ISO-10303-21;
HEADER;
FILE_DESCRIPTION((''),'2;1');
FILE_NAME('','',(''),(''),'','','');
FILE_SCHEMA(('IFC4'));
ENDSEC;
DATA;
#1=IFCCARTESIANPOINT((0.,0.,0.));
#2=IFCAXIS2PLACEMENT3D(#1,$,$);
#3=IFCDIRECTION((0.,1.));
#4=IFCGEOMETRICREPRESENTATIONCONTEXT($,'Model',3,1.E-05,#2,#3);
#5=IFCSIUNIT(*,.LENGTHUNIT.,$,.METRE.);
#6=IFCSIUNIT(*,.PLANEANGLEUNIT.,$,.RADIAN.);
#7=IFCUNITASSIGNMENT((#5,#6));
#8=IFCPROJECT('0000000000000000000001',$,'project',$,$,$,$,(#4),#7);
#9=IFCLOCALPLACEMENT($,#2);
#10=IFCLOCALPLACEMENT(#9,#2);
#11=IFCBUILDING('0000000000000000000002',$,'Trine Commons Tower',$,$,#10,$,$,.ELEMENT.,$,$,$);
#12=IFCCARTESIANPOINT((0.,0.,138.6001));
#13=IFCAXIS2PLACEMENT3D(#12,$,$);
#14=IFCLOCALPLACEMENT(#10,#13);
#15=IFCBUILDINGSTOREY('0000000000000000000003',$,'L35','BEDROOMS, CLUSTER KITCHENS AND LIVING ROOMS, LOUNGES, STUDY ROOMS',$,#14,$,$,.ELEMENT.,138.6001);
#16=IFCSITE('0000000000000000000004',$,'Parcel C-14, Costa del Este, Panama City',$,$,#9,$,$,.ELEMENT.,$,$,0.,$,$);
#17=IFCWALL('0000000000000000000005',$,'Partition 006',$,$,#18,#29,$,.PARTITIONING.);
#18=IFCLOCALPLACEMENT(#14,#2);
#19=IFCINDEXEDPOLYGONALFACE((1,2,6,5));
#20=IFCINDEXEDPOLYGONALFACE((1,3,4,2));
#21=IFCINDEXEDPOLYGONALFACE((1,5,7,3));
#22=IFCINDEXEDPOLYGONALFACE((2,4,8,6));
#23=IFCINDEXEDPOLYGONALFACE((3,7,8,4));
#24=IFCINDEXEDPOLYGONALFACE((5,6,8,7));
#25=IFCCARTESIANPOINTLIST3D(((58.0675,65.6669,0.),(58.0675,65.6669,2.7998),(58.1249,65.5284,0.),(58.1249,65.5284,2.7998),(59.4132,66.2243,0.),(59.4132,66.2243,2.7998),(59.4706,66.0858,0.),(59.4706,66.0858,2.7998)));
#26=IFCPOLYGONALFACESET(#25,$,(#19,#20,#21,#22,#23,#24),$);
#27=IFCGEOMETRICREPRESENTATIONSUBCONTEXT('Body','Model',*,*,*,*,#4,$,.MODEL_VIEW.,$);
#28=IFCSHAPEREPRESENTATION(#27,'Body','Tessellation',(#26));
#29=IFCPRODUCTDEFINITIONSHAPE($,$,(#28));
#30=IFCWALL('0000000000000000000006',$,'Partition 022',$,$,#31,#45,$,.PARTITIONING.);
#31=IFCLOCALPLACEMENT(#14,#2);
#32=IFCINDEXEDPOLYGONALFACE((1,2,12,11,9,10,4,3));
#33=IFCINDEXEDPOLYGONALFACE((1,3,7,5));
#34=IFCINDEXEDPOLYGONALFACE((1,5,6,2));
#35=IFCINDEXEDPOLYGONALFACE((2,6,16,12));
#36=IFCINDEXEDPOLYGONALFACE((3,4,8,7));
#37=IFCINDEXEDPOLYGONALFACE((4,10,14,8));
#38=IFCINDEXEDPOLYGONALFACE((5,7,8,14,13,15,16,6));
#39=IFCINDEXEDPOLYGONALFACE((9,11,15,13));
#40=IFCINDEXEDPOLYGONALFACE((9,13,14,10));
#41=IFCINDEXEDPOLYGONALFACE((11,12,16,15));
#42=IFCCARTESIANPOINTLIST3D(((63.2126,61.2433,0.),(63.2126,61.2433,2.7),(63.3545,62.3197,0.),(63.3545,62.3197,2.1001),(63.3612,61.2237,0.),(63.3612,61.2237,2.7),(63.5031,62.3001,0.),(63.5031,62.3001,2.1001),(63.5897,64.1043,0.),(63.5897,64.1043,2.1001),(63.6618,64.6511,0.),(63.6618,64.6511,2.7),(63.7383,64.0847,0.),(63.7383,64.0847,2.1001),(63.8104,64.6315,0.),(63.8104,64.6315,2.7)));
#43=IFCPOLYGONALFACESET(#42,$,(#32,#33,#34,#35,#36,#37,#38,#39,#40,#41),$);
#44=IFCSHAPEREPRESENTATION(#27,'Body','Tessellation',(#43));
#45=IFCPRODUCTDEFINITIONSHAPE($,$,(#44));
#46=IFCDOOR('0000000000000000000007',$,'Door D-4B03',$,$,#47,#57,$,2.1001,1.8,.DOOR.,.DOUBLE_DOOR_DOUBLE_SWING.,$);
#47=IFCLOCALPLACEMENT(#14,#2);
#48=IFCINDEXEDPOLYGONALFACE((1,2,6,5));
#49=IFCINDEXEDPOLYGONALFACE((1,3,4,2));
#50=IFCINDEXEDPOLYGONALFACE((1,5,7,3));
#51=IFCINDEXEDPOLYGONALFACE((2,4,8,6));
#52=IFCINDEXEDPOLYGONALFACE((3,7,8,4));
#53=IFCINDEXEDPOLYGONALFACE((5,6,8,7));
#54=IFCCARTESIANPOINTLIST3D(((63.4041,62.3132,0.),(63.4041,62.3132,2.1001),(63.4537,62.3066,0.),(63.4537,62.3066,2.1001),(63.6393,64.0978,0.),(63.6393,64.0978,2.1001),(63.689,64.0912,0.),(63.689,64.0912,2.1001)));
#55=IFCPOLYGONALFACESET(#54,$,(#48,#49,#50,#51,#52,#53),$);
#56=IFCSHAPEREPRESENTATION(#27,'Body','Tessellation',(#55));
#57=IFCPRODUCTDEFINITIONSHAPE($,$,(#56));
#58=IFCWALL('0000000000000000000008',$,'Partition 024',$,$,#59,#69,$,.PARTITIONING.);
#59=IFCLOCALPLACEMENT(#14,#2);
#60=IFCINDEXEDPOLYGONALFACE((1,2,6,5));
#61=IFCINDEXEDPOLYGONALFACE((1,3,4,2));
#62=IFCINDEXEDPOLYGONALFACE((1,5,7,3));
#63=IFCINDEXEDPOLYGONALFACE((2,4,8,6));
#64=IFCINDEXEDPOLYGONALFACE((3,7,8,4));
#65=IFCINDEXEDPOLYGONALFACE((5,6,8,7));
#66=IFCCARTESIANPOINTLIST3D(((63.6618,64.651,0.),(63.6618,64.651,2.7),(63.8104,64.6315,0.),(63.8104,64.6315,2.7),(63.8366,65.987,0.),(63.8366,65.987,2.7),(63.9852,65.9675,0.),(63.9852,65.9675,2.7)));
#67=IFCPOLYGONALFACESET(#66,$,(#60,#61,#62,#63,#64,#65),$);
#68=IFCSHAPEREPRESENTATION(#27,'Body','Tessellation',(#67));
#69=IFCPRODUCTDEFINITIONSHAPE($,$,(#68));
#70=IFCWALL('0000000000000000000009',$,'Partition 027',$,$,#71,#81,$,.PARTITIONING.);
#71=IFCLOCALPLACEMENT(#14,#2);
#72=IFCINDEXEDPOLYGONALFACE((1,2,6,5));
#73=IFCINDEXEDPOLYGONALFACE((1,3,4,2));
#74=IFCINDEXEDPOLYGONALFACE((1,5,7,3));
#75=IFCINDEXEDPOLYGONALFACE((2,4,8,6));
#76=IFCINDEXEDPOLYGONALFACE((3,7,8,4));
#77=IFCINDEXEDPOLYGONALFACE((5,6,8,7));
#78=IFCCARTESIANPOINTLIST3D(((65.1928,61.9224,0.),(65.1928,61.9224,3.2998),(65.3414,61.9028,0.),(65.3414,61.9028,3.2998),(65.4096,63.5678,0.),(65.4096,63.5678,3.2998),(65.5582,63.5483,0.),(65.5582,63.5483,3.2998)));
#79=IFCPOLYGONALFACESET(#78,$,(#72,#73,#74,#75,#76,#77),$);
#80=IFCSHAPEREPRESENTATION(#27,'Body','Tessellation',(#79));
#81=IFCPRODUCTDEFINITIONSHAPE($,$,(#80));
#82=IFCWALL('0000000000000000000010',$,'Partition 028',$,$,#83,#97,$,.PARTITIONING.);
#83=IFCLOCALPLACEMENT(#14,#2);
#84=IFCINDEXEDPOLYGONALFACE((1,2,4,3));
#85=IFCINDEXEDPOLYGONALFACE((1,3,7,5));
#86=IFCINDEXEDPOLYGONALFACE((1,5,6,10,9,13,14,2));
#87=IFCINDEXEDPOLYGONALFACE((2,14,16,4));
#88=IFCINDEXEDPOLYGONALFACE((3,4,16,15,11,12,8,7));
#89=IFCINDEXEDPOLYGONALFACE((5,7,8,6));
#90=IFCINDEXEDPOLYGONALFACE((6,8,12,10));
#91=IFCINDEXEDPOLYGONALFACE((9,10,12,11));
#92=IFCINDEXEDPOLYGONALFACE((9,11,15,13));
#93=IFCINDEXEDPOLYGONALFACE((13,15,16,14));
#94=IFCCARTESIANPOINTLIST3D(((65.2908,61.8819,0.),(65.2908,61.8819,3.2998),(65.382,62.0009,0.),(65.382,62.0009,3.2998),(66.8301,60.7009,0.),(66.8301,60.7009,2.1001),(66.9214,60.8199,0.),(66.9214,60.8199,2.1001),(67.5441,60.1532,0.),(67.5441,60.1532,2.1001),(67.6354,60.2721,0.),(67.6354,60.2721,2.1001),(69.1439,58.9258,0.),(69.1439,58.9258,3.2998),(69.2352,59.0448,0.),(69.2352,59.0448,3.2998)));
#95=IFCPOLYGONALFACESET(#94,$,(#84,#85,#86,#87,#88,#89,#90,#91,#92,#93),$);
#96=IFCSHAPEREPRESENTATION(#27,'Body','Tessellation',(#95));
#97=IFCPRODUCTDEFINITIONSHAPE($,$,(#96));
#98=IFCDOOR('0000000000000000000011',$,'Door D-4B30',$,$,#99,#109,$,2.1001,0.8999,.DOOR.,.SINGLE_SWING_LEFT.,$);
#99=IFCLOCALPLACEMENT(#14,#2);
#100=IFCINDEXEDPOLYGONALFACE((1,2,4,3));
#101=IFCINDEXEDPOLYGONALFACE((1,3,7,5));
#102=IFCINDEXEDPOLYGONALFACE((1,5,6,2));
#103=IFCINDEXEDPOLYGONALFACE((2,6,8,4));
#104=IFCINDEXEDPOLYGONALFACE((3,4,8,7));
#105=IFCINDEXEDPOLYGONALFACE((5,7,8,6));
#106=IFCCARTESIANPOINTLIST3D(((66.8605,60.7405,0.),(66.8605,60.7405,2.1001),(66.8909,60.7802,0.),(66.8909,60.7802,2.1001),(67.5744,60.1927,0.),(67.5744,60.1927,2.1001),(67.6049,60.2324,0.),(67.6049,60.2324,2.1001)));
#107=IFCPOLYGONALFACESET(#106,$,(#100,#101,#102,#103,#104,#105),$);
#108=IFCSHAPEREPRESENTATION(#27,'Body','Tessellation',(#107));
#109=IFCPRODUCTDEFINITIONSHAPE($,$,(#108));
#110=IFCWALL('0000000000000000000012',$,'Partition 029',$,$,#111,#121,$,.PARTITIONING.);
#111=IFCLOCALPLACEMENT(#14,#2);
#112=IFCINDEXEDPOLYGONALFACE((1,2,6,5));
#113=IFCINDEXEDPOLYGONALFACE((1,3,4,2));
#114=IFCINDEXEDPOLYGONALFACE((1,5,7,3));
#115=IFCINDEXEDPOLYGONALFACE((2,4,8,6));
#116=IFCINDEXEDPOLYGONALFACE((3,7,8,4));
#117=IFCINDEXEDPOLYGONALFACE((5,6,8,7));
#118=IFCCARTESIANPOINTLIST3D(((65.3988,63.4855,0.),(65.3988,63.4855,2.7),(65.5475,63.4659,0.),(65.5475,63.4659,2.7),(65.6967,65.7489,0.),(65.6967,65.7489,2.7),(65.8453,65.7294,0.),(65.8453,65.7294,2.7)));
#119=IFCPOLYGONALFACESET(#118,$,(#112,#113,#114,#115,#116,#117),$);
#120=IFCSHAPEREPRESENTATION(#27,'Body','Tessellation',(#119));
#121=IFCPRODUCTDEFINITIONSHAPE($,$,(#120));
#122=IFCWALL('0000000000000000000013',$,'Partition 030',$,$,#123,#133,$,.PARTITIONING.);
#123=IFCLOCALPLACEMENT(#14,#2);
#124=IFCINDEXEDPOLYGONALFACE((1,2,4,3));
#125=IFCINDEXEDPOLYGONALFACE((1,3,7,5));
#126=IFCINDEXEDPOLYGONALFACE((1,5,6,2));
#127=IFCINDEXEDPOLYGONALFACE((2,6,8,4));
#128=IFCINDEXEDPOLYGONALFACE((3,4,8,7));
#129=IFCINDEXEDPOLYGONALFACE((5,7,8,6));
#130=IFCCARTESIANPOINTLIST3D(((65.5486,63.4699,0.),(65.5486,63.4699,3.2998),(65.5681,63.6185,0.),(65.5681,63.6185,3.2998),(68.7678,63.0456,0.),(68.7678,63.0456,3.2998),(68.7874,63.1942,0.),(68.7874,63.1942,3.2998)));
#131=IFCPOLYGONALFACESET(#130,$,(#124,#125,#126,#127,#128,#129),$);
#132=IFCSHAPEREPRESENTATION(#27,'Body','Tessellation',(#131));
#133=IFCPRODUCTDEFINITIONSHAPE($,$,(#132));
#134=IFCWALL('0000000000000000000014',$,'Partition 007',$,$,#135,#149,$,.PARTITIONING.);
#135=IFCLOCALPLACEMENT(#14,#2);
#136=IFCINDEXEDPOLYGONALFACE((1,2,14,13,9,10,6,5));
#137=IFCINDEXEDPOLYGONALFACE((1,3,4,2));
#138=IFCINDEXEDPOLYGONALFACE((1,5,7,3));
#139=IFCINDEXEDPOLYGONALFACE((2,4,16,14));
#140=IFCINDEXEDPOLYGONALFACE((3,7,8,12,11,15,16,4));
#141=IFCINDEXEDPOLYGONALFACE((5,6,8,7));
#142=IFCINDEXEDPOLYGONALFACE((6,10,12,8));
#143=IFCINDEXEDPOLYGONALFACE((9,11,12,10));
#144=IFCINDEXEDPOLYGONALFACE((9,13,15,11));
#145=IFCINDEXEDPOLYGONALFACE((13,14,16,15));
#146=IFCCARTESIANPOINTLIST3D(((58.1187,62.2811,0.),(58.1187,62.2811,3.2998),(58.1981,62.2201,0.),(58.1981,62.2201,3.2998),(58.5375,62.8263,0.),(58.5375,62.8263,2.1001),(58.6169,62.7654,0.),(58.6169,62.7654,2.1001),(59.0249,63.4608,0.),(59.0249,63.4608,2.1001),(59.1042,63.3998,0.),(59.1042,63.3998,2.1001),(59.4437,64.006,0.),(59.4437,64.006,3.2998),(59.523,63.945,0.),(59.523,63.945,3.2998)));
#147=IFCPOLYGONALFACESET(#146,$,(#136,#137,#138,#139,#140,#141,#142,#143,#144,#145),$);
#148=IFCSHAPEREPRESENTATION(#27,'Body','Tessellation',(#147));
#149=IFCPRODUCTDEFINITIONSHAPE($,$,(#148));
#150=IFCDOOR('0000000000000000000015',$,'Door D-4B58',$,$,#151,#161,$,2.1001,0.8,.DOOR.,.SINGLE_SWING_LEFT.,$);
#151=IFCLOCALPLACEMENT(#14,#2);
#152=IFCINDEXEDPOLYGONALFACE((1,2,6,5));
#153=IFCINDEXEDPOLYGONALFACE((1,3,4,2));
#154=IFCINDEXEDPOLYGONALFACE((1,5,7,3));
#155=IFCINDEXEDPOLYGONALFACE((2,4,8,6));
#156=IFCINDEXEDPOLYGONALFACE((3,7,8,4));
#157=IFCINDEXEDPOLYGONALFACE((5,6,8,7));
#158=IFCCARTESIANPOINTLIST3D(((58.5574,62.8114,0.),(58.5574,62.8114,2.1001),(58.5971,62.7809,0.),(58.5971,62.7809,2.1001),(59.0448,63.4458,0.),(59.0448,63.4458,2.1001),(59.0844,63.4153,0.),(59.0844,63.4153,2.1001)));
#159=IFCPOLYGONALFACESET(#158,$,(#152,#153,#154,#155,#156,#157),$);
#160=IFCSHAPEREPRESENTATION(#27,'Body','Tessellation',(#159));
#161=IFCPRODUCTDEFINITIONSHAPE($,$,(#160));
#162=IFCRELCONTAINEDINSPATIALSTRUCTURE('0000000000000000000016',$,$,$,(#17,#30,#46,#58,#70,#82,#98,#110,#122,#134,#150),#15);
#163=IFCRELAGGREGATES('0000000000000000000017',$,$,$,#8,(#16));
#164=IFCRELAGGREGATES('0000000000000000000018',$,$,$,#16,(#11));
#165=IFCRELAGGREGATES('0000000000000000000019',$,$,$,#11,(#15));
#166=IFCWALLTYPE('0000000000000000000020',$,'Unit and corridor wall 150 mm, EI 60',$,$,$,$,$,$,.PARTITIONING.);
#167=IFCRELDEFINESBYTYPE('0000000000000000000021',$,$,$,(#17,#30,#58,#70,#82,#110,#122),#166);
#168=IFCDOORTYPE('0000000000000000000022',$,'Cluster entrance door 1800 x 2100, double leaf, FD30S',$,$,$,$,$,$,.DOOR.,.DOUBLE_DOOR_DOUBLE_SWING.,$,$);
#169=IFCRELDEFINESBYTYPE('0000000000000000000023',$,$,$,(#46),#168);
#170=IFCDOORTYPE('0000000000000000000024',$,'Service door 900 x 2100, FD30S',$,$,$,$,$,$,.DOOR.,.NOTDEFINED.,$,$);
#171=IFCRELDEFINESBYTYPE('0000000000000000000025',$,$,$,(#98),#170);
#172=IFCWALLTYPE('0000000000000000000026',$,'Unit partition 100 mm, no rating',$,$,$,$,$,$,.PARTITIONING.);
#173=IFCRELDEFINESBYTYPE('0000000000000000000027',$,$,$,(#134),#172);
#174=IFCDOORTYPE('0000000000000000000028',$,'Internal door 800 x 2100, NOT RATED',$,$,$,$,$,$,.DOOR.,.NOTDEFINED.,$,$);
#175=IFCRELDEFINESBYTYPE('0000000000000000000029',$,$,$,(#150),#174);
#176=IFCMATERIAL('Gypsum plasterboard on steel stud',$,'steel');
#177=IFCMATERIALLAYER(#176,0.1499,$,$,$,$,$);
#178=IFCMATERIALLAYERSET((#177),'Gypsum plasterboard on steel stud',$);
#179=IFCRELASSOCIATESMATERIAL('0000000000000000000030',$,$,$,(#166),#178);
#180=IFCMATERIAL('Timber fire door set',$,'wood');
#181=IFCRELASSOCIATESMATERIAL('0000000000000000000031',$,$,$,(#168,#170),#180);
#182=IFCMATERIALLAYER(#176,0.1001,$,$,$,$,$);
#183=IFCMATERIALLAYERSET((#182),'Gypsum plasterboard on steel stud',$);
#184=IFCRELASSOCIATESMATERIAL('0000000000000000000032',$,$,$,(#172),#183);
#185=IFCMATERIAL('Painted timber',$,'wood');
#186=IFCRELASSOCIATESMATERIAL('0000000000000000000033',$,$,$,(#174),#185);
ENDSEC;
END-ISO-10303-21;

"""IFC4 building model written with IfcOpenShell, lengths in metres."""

from ifc_helpers import new_model, si_unit, direction, frame, frame_2d, origin, place, context, subcontext, project, spatial, rectangle, extrude, material, layer, layer_set, type_object, element, fill, save


model = new_model("IFC4")

# Units and contexts
model_context = context("Model", 3, precision=1e-05, world=origin(), true_north=direction((0.0, 1.0)))
body_context = subcontext(model_context, "Body", "Model", "MODEL_VIEW")
ifc_project = project(units=[si_unit("LENGTHUNIT", "METRE"), si_unit("PLANEANGLEUNIT", "RADIAN")], contexts=[model_context])

# Site, building, storey
site_placement = place(None, origin())
site = spatial("IfcSite", under=ifc_project, at=site_placement, Name="Parcel C-14, Costa del Este, Panama City", CompositionType="ELEMENT", RefElevation=0.0)
building_placement = place(site_placement, origin())
building = spatial("IfcBuilding", under=site, at=building_placement, Name="Trine Commons Tower", CompositionType="ELEMENT")
storey_placement = place(building_placement, frame((0.0, 0.0, 138.6001)))
storey = spatial("IfcBuildingStorey", under=building, at=storey_placement, Name="L35", Description="BEDROOMS, CLUSTER KITCHENS AND LIVING ROOMS, LOUNGES, STUDY ROOMS", CompositionType="ELEMENT", Elevation=138.6001)

# Shared definitions
ifc_material_1 = material(Name="Gypsum plasterboard on steel stud", Category="steel")
ifc_layer_1 = layer(ifc_material_1, 0.1499)
ifc_layer_set_1 = layer_set([ifc_layer_1], Name="Gypsum plasterboard on steel stud")
wall_type_1 = type_object("IfcWallType", Name="Unit and corridor wall 150 mm, EI 60", PredefinedType="PARTITIONING", material=ifc_layer_set_1)
ifc_material_2 = material(Name="Timber fire door set", Category="wood")

# Wall
wall_1_placement = place(storey_placement, frame((58.0962, 65.5977, 0.0), z_axis=(0.0, 0.0, 1.0), x_axis=(0.923888, 0.382663, 0.0)))
element("IfcWall", 1, at=wall_1_placement, inside=storey, type_object=wall_type_1, Name="Partition 006", PredefinedType="PARTITIONING", context=body_context, shape_type="SweptSolid", body=[
    extrude(rectangle(XDim=1.4565, YDim=0.1499, at=frame_2d((0.7283, 0.0))), origin(), (0.0, 0.0, 1.0), 2.7998),
])

# Wall, opening, door
wall_2_placement = place(storey_placement, frame((63.2869, 61.2334, 0.0), z_axis=(0.0, 0.0, 1.0), x_axis=(0.130693, 0.991423, 0.0)))
wall_2 = element("IfcWall", 2, at=wall_2_placement, inside=storey, type_object=wall_type_1, Name="Partition 022", PredefinedType="PARTITIONING", context=body_context, shape_type="SweptSolid", body=[
    extrude(rectangle(XDim=3.4373, YDim=0.1499, at=frame_2d((1.7188, 0.0))), origin(), (0.0, 0.0, 1.0), 2.7),
])
opening_1_placement = place(wall_2_placement, frame((1.0859, 0.0, 0.0)))
opening_1 = element("IfcOpeningElement", 3, at=opening_1_placement, cuts=wall_2, PredefinedType="OPENING", context=body_context, shape_type="SweptSolid", body=[
    extrude(rectangle(XDim=1.8, YDim=2.1001, at=frame_2d((0.8999, 1.05))), frame((0.0, 0.085, 0.0), z_axis=(0.0, -1.0, 0.0), x_axis=(1.0, 0.0, 0.0)), (0.0, 0.0, 1.0), 0.1699),
])
door_type_1 = type_object("IfcDoorType", Name="Cluster entrance door 1800 x 2100, double leaf, FD30S", OperationType="DOUBLE_DOOR_DOUBLE_SWING", PredefinedType="DOOR", material=ifc_material_2)
door_1_placement = place(opening_1_placement, origin())
door_1 = element("IfcDoor", 4, at=door_1_placement, inside=storey, type_object=door_type_1, Name="Door D-4B03", OperationType="DOUBLE_DOOR_DOUBLE_SWING", OverallHeight=2.1001, OverallWidth=1.8, PredefinedType="DOOR", context=body_context, shape_type="SweptSolid", body=[
    extrude(rectangle(XDim=1.8, YDim=2.1001, at=frame_2d((0.8999, 1.05))), frame((0.0, 0.0249, 0.0), z_axis=(0.0, -1.0, 0.0), x_axis=(1.0, 0.0, 0.0)), (0.0, 0.0, 1.0), 0.05),
])
fill(opening_1, door_1)

# Walls
wall_3_placement = place(storey_placement, frame((63.7361, 64.6411, 0.0), z_axis=(0.0, 0.0, 1.0), x_axis=(0.129742, 0.991548, 0.0)))
element("IfcWall", 5, at=wall_3_placement, inside=storey, type_object=wall_type_1, Name="Partition 024", PredefinedType="PARTITIONING", context=body_context, shape_type="SweptSolid", body=[
    extrude(rectangle(XDim=1.3474, YDim=0.1499, at=frame_2d((0.6738, 0.0))), origin(), (0.0, 0.0, 1.0), 2.7),
])
wall_4_placement = place(storey_placement, frame((65.2671, 61.9126, 0.0), z_axis=(0.0, 0.0, 1.0), x_axis=(0.130622, 0.991432, 0.0)))
element("IfcWall", 6, at=wall_4_placement, inside=storey, type_object=wall_type_1, Name="Partition 027", PredefinedType="PARTITIONING", context=body_context, shape_type="SweptSolid", body=[
    extrude(rectangle(XDim=1.6597, YDim=0.1499, at=frame_2d((0.8298, 0.0))), origin(), (0.0, 0.0, 1.0), 3.2998),
])

# Wall, opening, door
wall_5_placement = place(storey_placement, frame((65.3364, 61.9414, 0.0), z_axis=(0.0, 0.0, 1.0), x_axis=(0.793401, -0.6087, 0.0)))
wall_5 = element("IfcWall", 7, at=wall_5_placement, inside=storey, type_object=wall_type_1, Name="Partition 028", PredefinedType="PARTITIONING", context=body_context, shape_type="SweptSolid", body=[
    extrude(rectangle(XDim=4.8564, YDim=0.1499, at=frame_2d((2.4282, 0.0))), origin(), (0.0, 0.0, 1.0), 3.2998),
])
opening_2_placement = place(wall_5_placement, frame((1.9402, 0.0, 0.0)))
opening_2 = element("IfcOpeningElement", 8, at=opening_2_placement, cuts=wall_5, PredefinedType="OPENING", context=body_context, shape_type="SweptSolid", body=[
    extrude(rectangle(XDim=0.8999, YDim=2.1001, at=frame_2d((0.45, 1.05))), frame((0.0, 0.085, 0.0), z_axis=(0.0, -1.0, 0.0), x_axis=(1.0, 0.0, 0.0)), (0.0, 0.0, 1.0), 0.1699),
])
door_type_2 = type_object("IfcDoorType", Name="Service door 900 x 2100, FD30S", OperationType="NOTDEFINED", PredefinedType="DOOR", material=ifc_material_2)
door_2_placement = place(opening_2_placement, origin())
door_2 = element("IfcDoor", 9, at=door_2_placement, inside=storey, type_object=door_type_2, Name="Door D-4B30", OperationType="SINGLE_SWING_LEFT", OverallHeight=2.1001, OverallWidth=0.8999, PredefinedType="DOOR", context=body_context, shape_type="SweptSolid", body=[
    extrude(rectangle(XDim=0.8999, YDim=2.1001, at=frame_2d((0.45, 1.05))), frame((0.0, 0.0249, 0.0), z_axis=(0.0, -1.0, 0.0), x_axis=(1.0, 0.0, 0.0)), (0.0, 0.0, 1.0), 0.05),
])
fill(opening_2, door_2)

# Walls
wall_6_placement = place(storey_placement, frame((65.4731, 63.4756, 0.0), z_axis=(0.0, 0.0, 1.0), x_axis=(0.130468, 0.991452, 0.0)))
element("IfcWall", 10, at=wall_6_placement, inside=storey, type_object=wall_type_1, Name="Partition 029", PredefinedType="PARTITIONING", context=body_context, shape_type="SweptSolid", body=[
    extrude(rectangle(XDim=2.283, YDim=0.1499, at=frame_2d((1.1416, 0.0))), origin(), (0.0, 0.0, 1.0), 2.7),
])
wall_7_placement = place(storey_placement, frame((65.5583, 63.5442, 0.0), z_axis=(0.0, 0.0, 1.0), x_axis=(0.991425, -0.130676, 0.0)))
element("IfcWall", 11, at=wall_7_placement, inside=storey, type_object=wall_type_1, Name="Partition 030", PredefinedType="PARTITIONING", context=body_context, shape_type="SweptSolid", body=[
    extrude(rectangle(XDim=3.2471, YDim=0.1499, at=frame_2d((1.6235, 0.0))), origin(), (0.0, 0.0, 1.0), 3.2998),
])

# Wall, opening, door
ifc_layer_2 = layer(ifc_material_1, 0.1001)
ifc_layer_set_2 = layer_set([ifc_layer_2], Name="Gypsum plasterboard on steel stud")
wall_type_2 = type_object("IfcWallType", Name="Unit partition 100 mm, no rating", PredefinedType="PARTITIONING", material=ifc_layer_set_2)
wall_8_placement = place(storey_placement, frame((58.1584, 62.2507, 0.0), z_axis=(0.0, 0.0, 1.0), x_axis=(0.609174, 0.793037, 0.0)))
wall_8 = element("IfcWall", 12, at=wall_8_placement, inside=storey, type_object=wall_type_2, Name="Partition 007", PredefinedType="PARTITIONING", context=body_context, shape_type="SweptSolid", body=[
    extrude(rectangle(XDim=2.175, YDim=0.1001, at=frame_2d((1.0874, 0.0))), origin(), (0.0, 0.0, 1.0), 3.2998),
])
opening_3_placement = place(wall_8_placement, frame((0.6875, 0.0, 0.0)))
opening_3 = element("IfcOpeningElement", 13, at=opening_3_placement, cuts=wall_8, PredefinedType="OPENING", context=body_context, shape_type="SweptSolid", body=[
    extrude(rectangle(XDim=0.8, YDim=2.1001, at=frame_2d((0.3999, 1.05))), frame((0.0, 0.0601, 0.0), z_axis=(0.0, -1.0, 0.0), x_axis=(1.0, 0.0, 0.0)), (0.0, 0.0, 1.0), 0.1201),
])
ifc_material_3 = material(Name="Painted timber", Category="wood")
door_type_3 = type_object("IfcDoorType", Name="Internal door 800 x 2100, NOT RATED", OperationType="NOTDEFINED", PredefinedType="DOOR", material=ifc_material_3)
door_3_placement = place(opening_3_placement, frame((0.8, 0.0, 0.0), z_axis=(0.0, 0.0, 1.0), x_axis=(-1.0, 0.0, 0.0)))
door_3 = element("IfcDoor", 14, at=door_3_placement, inside=storey, type_object=door_type_3, Name="Door D-4B58", OperationType="SINGLE_SWING_LEFT", OverallHeight=2.1001, OverallWidth=0.8, PredefinedType="DOOR", context=body_context, shape_type="SweptSolid", body=[
    extrude(rectangle(XDim=0.8, YDim=2.1001, at=frame_2d((0.3999, 1.05))), frame((0.0, 0.0249, 0.0), z_axis=(0.0, -1.0, 0.0), x_axis=(1.0, 0.0, 0.0)), (0.0, 0.0, 1.0), 0.05),
])
fill(opening_3, door_3)

save(model, "model.ifc")
